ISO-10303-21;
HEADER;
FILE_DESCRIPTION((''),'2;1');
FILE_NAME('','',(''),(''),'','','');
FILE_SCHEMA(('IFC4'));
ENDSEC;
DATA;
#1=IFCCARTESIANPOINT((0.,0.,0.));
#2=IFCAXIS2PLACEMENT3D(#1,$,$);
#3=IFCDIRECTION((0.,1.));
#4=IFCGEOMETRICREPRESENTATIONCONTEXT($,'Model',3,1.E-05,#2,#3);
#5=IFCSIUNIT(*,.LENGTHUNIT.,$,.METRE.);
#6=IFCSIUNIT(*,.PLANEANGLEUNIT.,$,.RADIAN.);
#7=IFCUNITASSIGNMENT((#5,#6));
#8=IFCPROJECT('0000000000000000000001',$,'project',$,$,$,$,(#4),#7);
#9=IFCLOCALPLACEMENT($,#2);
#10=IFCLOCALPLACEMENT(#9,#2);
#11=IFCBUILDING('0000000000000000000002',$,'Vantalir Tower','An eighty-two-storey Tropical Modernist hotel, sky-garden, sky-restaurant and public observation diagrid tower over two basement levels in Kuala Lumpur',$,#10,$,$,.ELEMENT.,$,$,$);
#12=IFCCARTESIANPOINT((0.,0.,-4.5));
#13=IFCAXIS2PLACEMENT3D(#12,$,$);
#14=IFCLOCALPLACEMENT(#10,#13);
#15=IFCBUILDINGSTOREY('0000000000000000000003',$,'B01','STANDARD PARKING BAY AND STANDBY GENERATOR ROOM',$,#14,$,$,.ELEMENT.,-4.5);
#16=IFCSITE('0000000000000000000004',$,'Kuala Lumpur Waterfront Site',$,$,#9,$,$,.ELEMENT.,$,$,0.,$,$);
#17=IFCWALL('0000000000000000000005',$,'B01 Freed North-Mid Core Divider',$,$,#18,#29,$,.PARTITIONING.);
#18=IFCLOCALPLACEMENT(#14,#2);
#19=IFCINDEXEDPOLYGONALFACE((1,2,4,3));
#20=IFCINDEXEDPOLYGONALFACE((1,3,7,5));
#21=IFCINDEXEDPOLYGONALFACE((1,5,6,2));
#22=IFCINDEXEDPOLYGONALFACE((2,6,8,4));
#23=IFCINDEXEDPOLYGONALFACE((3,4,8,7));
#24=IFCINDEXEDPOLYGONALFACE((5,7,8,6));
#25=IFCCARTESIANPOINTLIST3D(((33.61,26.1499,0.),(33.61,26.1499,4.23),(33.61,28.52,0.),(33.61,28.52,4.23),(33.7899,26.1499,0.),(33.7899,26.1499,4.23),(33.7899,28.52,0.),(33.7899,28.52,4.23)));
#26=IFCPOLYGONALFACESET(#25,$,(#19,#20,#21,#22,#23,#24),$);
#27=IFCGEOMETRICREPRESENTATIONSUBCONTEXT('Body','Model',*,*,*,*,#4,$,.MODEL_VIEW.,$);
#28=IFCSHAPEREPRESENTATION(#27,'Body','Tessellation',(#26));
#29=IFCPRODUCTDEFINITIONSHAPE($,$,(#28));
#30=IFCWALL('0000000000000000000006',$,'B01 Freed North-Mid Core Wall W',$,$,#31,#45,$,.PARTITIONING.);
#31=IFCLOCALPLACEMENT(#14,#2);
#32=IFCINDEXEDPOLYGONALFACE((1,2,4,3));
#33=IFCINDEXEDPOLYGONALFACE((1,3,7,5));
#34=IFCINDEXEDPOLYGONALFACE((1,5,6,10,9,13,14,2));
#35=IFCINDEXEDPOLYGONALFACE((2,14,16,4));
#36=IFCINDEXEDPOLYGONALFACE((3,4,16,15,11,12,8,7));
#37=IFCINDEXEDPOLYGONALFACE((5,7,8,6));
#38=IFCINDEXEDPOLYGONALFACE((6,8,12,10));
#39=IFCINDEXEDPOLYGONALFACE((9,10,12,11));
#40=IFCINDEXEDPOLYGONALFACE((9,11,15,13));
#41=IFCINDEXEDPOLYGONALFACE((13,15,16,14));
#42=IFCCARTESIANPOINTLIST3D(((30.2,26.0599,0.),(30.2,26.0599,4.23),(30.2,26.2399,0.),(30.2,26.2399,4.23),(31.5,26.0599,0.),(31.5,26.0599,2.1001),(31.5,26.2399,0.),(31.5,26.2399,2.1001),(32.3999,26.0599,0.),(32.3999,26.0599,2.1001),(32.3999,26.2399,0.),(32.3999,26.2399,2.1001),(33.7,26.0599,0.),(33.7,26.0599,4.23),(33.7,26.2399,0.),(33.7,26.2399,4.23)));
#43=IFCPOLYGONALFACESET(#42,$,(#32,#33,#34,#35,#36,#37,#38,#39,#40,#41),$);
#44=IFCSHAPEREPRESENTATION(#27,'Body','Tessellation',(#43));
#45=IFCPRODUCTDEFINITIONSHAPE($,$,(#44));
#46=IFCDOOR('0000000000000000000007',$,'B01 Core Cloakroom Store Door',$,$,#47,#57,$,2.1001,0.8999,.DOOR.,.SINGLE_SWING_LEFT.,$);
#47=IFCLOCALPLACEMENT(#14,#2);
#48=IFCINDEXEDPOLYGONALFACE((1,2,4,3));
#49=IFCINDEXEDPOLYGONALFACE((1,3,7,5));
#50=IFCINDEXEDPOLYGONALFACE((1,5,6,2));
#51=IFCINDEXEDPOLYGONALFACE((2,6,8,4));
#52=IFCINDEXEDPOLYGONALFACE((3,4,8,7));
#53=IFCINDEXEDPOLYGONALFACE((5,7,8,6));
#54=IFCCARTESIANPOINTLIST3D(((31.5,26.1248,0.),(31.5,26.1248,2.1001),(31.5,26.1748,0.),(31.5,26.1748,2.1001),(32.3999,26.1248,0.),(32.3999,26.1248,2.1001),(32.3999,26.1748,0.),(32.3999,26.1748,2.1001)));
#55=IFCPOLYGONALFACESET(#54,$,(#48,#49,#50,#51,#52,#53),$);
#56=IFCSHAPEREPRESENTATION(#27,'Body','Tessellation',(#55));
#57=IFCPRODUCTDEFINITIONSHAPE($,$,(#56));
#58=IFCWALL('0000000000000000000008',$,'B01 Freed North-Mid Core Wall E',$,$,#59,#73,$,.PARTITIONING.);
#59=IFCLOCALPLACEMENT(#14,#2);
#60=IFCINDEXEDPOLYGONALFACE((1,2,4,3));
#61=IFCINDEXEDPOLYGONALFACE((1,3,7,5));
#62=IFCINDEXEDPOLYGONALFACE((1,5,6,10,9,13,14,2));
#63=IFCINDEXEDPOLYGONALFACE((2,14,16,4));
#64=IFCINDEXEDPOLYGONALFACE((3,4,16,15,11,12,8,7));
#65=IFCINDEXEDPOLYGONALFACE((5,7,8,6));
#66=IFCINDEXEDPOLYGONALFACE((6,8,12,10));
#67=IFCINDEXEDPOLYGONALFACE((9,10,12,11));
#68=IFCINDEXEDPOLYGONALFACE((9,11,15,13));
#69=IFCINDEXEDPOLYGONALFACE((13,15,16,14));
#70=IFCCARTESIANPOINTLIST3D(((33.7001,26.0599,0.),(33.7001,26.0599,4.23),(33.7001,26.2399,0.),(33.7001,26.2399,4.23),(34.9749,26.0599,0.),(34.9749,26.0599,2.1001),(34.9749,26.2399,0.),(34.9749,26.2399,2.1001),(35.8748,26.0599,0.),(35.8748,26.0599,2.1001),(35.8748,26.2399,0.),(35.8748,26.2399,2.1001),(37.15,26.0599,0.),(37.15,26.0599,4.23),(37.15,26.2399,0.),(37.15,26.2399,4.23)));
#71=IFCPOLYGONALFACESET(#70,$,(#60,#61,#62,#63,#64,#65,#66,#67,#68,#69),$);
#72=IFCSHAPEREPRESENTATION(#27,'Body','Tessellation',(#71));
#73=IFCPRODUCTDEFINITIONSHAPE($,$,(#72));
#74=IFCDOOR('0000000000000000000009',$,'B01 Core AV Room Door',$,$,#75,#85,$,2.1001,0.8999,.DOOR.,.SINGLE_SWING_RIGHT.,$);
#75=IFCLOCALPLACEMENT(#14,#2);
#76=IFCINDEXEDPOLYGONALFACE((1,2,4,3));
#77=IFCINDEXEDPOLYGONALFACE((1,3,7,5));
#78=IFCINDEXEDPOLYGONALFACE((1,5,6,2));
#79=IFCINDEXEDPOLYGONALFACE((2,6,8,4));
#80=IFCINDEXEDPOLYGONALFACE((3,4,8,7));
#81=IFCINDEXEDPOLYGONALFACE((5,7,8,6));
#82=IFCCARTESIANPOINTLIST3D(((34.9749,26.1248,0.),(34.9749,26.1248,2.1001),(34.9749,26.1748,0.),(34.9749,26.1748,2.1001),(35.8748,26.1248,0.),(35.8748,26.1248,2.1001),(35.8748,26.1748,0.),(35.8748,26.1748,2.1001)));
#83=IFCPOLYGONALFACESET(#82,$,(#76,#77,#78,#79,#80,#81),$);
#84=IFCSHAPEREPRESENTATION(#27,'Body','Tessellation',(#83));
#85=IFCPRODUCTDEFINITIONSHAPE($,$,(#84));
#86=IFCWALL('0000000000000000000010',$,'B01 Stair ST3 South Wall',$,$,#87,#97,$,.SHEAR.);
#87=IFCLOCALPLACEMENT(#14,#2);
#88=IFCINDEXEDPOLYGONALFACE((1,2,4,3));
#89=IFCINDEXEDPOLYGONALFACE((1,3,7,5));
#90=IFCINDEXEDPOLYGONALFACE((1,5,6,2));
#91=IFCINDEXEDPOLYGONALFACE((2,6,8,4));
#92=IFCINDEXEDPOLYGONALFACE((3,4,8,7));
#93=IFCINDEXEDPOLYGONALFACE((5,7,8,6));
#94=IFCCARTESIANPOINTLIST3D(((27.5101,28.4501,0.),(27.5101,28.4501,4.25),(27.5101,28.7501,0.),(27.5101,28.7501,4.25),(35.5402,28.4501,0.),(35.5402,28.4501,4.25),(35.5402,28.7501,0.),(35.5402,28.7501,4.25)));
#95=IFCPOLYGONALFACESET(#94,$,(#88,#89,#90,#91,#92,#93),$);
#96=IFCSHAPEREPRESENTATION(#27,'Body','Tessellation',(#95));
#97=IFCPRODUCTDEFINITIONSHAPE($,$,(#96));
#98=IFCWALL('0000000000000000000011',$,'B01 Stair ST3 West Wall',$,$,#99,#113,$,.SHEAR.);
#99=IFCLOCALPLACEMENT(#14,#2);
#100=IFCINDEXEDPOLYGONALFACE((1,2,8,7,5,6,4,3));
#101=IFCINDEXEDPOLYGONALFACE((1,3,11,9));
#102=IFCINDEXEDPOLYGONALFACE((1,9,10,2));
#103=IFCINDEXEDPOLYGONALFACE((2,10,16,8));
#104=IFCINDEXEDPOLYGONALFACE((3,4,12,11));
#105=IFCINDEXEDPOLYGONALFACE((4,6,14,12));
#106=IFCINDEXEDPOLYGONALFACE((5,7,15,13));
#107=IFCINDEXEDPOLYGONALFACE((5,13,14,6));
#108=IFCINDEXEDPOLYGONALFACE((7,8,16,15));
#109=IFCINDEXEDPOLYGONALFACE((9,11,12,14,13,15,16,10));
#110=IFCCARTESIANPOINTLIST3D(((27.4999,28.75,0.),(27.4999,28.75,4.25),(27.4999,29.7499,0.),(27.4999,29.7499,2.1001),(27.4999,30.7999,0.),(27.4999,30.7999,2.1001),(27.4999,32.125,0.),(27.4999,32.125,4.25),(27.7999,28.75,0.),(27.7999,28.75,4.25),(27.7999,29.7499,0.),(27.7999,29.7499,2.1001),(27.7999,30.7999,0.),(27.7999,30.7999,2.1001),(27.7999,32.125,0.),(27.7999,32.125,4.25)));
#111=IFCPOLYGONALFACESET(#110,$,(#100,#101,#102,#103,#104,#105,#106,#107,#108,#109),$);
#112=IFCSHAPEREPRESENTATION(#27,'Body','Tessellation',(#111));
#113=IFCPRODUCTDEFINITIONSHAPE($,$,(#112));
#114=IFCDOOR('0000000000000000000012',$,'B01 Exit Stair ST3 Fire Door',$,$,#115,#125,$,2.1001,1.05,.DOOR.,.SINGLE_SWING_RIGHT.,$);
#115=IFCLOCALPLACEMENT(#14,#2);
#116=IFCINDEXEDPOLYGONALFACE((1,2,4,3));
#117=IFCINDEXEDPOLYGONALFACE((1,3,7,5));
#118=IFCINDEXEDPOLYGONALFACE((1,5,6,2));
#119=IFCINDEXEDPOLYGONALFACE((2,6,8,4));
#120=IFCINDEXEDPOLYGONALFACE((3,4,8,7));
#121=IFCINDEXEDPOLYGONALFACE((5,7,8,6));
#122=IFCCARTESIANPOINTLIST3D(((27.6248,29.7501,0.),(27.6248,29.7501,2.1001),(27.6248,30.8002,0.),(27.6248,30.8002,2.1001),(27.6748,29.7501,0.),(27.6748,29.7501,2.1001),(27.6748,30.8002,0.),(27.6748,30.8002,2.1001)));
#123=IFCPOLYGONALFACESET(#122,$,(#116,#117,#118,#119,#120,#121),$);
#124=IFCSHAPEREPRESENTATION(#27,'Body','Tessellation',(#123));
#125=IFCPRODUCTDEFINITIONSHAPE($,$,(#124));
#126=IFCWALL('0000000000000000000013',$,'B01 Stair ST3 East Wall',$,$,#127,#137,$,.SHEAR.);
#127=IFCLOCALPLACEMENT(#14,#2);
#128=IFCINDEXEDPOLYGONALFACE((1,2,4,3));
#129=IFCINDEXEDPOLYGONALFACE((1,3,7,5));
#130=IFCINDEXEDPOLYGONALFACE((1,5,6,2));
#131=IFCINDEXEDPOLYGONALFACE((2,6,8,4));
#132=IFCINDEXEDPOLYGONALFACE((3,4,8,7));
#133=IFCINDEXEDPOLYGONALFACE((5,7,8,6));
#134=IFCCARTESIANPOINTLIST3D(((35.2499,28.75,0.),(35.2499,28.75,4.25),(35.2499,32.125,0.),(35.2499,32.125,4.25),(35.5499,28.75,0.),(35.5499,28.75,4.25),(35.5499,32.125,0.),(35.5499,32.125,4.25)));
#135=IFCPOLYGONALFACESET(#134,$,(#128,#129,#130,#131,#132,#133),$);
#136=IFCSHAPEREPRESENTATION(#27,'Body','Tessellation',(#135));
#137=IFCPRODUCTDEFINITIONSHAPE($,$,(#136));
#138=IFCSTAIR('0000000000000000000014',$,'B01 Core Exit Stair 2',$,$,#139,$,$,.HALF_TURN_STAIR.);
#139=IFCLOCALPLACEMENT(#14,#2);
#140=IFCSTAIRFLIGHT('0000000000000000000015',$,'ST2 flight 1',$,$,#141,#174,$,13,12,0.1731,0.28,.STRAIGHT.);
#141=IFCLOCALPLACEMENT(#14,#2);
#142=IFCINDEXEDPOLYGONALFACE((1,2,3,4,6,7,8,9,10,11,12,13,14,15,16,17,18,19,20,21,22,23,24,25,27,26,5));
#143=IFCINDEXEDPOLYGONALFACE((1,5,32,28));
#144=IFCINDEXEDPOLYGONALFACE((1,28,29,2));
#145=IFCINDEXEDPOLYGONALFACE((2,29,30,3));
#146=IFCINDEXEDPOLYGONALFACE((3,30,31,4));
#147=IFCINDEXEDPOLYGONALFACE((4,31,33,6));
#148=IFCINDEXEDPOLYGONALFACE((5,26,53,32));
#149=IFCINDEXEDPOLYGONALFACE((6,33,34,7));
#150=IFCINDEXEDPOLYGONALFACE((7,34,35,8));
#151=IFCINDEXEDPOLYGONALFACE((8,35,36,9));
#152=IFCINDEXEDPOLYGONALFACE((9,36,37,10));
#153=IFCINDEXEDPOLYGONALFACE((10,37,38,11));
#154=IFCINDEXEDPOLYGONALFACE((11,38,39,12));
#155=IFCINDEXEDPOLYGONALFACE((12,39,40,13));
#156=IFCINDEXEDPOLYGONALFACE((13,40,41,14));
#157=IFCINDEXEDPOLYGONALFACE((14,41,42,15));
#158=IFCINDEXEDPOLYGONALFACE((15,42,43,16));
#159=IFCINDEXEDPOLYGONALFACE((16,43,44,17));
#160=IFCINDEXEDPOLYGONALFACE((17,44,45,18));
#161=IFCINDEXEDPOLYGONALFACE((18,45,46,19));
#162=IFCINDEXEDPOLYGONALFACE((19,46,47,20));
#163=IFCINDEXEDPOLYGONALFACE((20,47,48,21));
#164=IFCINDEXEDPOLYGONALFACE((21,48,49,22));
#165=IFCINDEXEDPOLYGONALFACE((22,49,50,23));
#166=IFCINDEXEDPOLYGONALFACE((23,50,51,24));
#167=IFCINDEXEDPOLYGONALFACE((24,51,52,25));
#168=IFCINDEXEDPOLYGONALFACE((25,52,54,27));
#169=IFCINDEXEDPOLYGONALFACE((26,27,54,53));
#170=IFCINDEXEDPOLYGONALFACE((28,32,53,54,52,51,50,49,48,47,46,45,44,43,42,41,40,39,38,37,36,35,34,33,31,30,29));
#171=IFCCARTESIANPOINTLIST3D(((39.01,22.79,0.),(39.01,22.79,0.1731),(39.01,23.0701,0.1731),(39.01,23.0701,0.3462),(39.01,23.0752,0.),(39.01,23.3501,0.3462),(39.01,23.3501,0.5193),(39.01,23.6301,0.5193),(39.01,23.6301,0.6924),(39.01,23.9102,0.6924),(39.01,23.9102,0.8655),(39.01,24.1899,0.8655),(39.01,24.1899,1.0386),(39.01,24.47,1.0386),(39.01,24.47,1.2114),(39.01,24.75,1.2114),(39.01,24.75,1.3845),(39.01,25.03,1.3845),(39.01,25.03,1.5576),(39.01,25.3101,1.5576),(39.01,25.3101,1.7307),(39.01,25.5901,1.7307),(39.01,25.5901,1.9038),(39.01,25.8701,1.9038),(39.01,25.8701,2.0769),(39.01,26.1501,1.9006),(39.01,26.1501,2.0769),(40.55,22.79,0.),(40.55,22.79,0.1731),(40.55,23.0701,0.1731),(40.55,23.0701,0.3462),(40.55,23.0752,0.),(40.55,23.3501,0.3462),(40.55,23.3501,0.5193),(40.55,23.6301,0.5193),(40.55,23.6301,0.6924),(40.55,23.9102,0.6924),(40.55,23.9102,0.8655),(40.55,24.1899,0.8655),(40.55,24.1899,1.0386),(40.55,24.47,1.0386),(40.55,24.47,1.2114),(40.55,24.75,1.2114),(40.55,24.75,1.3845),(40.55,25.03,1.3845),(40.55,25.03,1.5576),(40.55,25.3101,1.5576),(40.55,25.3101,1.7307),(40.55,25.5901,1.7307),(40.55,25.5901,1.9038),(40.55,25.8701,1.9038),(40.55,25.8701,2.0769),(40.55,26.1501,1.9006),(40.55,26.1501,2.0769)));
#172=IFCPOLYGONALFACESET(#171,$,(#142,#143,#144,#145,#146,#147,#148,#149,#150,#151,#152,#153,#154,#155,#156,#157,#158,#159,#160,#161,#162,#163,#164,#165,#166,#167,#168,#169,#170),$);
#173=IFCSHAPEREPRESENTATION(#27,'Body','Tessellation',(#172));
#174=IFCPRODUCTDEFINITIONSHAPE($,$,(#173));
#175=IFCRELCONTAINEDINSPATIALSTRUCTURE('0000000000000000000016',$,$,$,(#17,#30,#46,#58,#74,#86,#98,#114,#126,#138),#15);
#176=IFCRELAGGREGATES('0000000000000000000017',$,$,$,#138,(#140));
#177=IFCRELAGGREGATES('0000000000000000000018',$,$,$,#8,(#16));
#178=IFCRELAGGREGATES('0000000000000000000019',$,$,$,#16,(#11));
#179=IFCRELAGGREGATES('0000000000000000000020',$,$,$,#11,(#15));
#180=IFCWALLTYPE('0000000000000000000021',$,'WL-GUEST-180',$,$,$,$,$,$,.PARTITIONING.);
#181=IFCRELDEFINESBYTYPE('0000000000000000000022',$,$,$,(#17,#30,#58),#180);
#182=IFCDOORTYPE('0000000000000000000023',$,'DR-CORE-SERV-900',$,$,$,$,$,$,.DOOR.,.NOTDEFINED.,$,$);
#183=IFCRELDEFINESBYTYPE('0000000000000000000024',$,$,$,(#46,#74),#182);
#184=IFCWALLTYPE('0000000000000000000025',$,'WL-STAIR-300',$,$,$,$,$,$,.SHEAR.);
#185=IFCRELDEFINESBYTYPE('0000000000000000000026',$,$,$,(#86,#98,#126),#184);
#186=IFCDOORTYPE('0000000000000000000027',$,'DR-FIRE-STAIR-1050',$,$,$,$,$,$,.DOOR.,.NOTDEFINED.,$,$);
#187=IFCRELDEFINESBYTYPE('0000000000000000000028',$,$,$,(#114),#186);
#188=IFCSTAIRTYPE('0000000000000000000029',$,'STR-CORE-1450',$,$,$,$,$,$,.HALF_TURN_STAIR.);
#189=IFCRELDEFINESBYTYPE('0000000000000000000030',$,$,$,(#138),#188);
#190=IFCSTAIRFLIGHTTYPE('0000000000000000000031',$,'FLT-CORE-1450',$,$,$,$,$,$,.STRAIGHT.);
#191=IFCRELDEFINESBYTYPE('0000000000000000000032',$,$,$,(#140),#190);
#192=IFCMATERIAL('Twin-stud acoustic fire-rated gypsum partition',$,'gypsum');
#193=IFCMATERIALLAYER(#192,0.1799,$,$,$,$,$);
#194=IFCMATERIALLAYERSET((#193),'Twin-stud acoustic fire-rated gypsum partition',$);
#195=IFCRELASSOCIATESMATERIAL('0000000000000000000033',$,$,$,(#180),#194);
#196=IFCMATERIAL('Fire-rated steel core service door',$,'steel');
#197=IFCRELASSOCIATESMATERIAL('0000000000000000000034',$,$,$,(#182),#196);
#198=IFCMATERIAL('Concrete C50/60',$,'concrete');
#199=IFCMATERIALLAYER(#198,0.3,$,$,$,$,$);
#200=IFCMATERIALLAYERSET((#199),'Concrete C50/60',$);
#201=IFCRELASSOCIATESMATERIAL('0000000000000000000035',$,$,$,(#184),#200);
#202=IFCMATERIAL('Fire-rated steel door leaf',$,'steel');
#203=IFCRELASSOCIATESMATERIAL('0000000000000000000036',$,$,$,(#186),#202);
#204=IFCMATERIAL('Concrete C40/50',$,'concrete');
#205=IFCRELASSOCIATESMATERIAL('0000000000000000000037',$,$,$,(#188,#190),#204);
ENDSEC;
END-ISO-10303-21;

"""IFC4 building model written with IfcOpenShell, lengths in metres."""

from ifc_helpers import new_model, si_unit, direction, frame, frame_2d, origin, place, context, subcontext, project, spatial, polyline, rectangle, outline, extrude, material, layer, layer_set, type_object, element, fill, aggregate, save


model = new_model("IFC4")

# Units and contexts
model_context = context("Model", 3, precision=1e-05, world=origin(), true_north=direction((0.0, 1.0)))
body_context = subcontext(model_context, "Body", "Model", "MODEL_VIEW")
ifc_project = project(units=[si_unit("LENGTHUNIT", "METRE"), si_unit("PLANEANGLEUNIT", "RADIAN")], contexts=[model_context])

# Site, building, storey
site_placement = place(None, origin())
site = spatial("IfcSite", under=ifc_project, at=site_placement, Name="Kuala Lumpur Waterfront Site", CompositionType="ELEMENT", RefElevation=0.0)
building_placement = place(site_placement, origin())
building = spatial("IfcBuilding", under=site, at=building_placement, Name="Vantalir Tower", Description="An eighty-two-storey Tropical Modernist hotel, sky-garden, sky-restaurant and public observation diagrid tower over two basement levels in Kuala Lumpur", CompositionType="ELEMENT")
storey_placement = place(building_placement, frame((0.0, 0.0, -4.5)))
storey = spatial("IfcBuildingStorey", under=building, at=storey_placement, Name="B01", Description="STANDARD PARKING BAY AND STANDBY GENERATOR ROOM", CompositionType="ELEMENT", Elevation=-4.5)

# Wall
ifc_material_1 = material(Name="Twin-stud acoustic fire-rated gypsum partition", Category="gypsum")
ifc_layer_1 = layer(ifc_material_1, 0.1799)
ifc_layer_set_1 = layer_set([ifc_layer_1], Name="Twin-stud acoustic fire-rated gypsum partition")
wall_type_1 = type_object("IfcWallType", Name="WL-GUEST-180", PredefinedType="PARTITIONING", material=ifc_layer_set_1)
wall_1_placement = place(storey_placement, frame((33.7, 26.1499, 0.0), z_axis=(0.0, 0.0, 1.0), x_axis=(0.0, 1.0, 0.0)))
element("IfcWall", 1, at=wall_1_placement, inside=storey, type_object=wall_type_1, Name="B01 Freed North-Mid Core Divider", PredefinedType="PARTITIONING", context=body_context, shape_type="SweptSolid", body=[
    extrude(rectangle(XDim=2.3701, YDim=0.1799, at=frame_2d((1.1851, 0.0))), origin(), (0.0, 0.0, 1.0), 4.23),
])

# Walls, openings, doors
wall_2_placement = place(storey_placement, frame((30.2, 26.1499, 0.0), z_axis=(0.0, 0.0, 1.0), x_axis=(1.0, 0.0, 0.0)))
wall_2 = element("IfcWall", 2, at=wall_2_placement, inside=storey, type_object=wall_type_1, Name="B01 Freed North-Mid Core Wall W", PredefinedType="PARTITIONING", context=body_context, shape_type="SweptSolid", body=[
    extrude(rectangle(XDim=3.5, YDim=0.1799, at=frame_2d((1.75, 0.0))), origin(), (0.0, 0.0, 1.0), 4.23),
])
opening_1_placement = place(wall_2_placement, frame((1.3, 0.0, 0.0)))
opening_1 = element("IfcOpeningElement", 3, at=opening_1_placement, cuts=wall_2, PredefinedType="OPENING", context=body_context, shape_type="SweptSolid", body=[
    extrude(rectangle(XDim=0.8999, YDim=2.1001, at=frame_2d((0.45, 1.05))), frame((0.0, 0.0999, 0.0), z_axis=(0.0, -1.0, 0.0), x_axis=(1.0, 0.0, 0.0)), (0.0, 0.0, 1.0), 0.2),
])
ifc_material_2 = material(Name="Fire-rated steel core service door", Category="steel")
door_type_1 = type_object("IfcDoorType", Name="DR-CORE-SERV-900", OperationType="NOTDEFINED", PredefinedType="DOOR", material=ifc_material_2)
door_1_placement = place(opening_1_placement, origin())
door_1 = element("IfcDoor", 4, at=door_1_placement, inside=storey, type_object=door_type_1, Name="B01 Core Cloakroom Store Door", OperationType="SINGLE_SWING_LEFT", OverallHeight=2.1001, OverallWidth=0.8999, PredefinedType="DOOR", context=body_context, shape_type="SweptSolid", body=[
    extrude(rectangle(XDim=0.8999, YDim=2.1001, at=frame_2d((0.45, 1.05))), frame((0.0, 0.0249, 0.0), z_axis=(0.0, -1.0, 0.0), x_axis=(1.0, 0.0, 0.0)), (0.0, 0.0, 1.0), 0.05),
])
fill(opening_1, door_1)
wall_3_placement = place(storey_placement, frame((33.7, 26.1499, 0.0), z_axis=(0.0, 0.0, 1.0), x_axis=(1.0, 0.0, 0.0)))
wall_3 = element("IfcWall", 5, at=wall_3_placement, inside=storey, type_object=wall_type_1, Name="B01 Freed North-Mid Core Wall E", PredefinedType="PARTITIONING", context=body_context, shape_type="SweptSolid", body=[
    extrude(rectangle(XDim=3.45, YDim=0.1799, at=frame_2d((1.7251, 0.0))), origin(), (0.0, 0.0, 1.0), 4.23),
])
opening_2_placement = place(wall_3_placement, frame((1.2749, 0.0, 0.0)))
opening_2 = element("IfcOpeningElement", 6, at=opening_2_placement, cuts=wall_3, PredefinedType="OPENING", context=body_context, shape_type="SweptSolid", body=[
    extrude(rectangle(XDim=0.8999, YDim=2.1001, at=frame_2d((0.45, 1.05))), frame((0.0, 0.0999, 0.0), z_axis=(0.0, -1.0, 0.0), x_axis=(1.0, 0.0, 0.0)), (0.0, 0.0, 1.0), 0.2),
])
door_2_placement = place(opening_2_placement, origin())
door_2 = element("IfcDoor", 7, at=door_2_placement, inside=storey, type_object=door_type_1, Name="B01 Core AV Room Door", OperationType="SINGLE_SWING_RIGHT", OverallHeight=2.1001, OverallWidth=0.8999, PredefinedType="DOOR", context=body_context, shape_type="SweptSolid", body=[
    extrude(rectangle(XDim=0.8999, YDim=2.1001, at=frame_2d((0.45, 1.05))), frame((0.0, 0.0249, 0.0), z_axis=(0.0, -1.0, 0.0), x_axis=(1.0, 0.0, 0.0)), (0.0, 0.0, 1.0), 0.05),
])
fill(opening_2, door_2)

# Wall
ifc_material_3 = material(Name="Concrete C50/60", Category="concrete")
ifc_layer_2 = layer(ifc_material_3, 0.3)
ifc_layer_set_2 = layer_set([ifc_layer_2], Name="Concrete C50/60")
wall_type_2 = type_object("IfcWallType", Name="WL-STAIR-300", PredefinedType="SHEAR", material=ifc_layer_set_2)
wall_4_placement = place(storey_placement, frame((27.51, 28.6001, 0.0), z_axis=(0.0, 0.0, 1.0), x_axis=(1.0, 0.0, 0.0)))
element("IfcWall", 8, at=wall_4_placement, inside=storey, type_object=wall_type_2, Name="B01 Stair ST3 South Wall", PredefinedType="SHEAR", context=body_context, shape_type="SweptSolid", body=[
    extrude(rectangle(XDim=8.03, YDim=0.3, at=frame_2d((4.0151, 0.0))), origin(), (0.0, 0.0, 1.0), 4.25),
])

# Wall, opening, door
wall_5_placement = place(storey_placement, frame((27.6499, 28.75, 0.0), z_axis=(0.0, 0.0, 1.0), x_axis=(0.0, 1.0, 0.0)))
wall_5 = element("IfcWall", 9, at=wall_5_placement, inside=storey, type_object=wall_type_2, Name="B01 Stair ST3 West Wall", PredefinedType="SHEAR", context=body_context, shape_type="SweptSolid", body=[
    extrude(rectangle(XDim=3.375, YDim=0.3, at=frame_2d((1.6875, 0.0))), origin(), (0.0, 0.0, 1.0), 4.25),
])
opening_3_placement = place(wall_5_placement, frame((1.0, 0.0, 0.0)))
opening_3 = element("IfcOpeningElement", 10, at=opening_3_placement, cuts=wall_5, PredefinedType="OPENING", context=body_context, shape_type="SweptSolid", body=[
    extrude(rectangle(XDim=1.05, YDim=2.1001, at=frame_2d((0.5249, 1.05))), frame((0.0, 0.1599, 0.0), z_axis=(0.0, -1.0, 0.0), x_axis=(1.0, 0.0, 0.0)), (0.0, 0.0, 1.0), 0.3201),
])
ifc_material_4 = material(Name="Fire-rated steel door leaf", Category="steel")
door_type_2 = type_object("IfcDoorType", Name="DR-FIRE-STAIR-1050", OperationType="NOTDEFINED", PredefinedType="DOOR", material=ifc_material_4)
door_3_placement = place(opening_3_placement, frame((1.05, 0.0, 0.0), z_axis=(0.0, 0.0, 1.0), x_axis=(-1.0, 0.0, 0.0)))
door_3 = element("IfcDoor", 11, at=door_3_placement, inside=storey, type_object=door_type_2, Name="B01 Exit Stair ST3 Fire Door", OperationType="SINGLE_SWING_RIGHT", OverallHeight=2.1001, OverallWidth=1.05, PredefinedType="DOOR", context=body_context, shape_type="SweptSolid", body=[
    extrude(rectangle(XDim=1.05, YDim=2.1001, at=frame_2d((0.5249, 1.05))), frame((0.0, 0.0249, 0.0), z_axis=(0.0, -1.0, 0.0), x_axis=(1.0, 0.0, 0.0)), (0.0, 0.0, 1.0), 0.05),
])
fill(opening_3, door_3)

# Wall
wall_6_placement = place(storey_placement, frame((35.3999, 28.75, 0.0), z_axis=(0.0, 0.0, 1.0), x_axis=(0.0, 1.0, 0.0)))
element("IfcWall", 12, at=wall_6_placement, inside=storey, type_object=wall_type_2, Name="B01 Stair ST3 East Wall", PredefinedType="SHEAR", context=body_context, shape_type="SweptSolid", body=[
    extrude(rectangle(XDim=3.375, YDim=0.3, at=frame_2d((1.6875, 0.0))), origin(), (0.0, 0.0, 1.0), 4.25),
])

# Stair, stair flight
ifc_material_5 = material(Name="Concrete C40/50", Category="concrete")
stair_type = type_object("IfcStairType", Name="STR-CORE-1450", PredefinedType="HALF_TURN_STAIR", material=ifc_material_5)
stair_placement = place(storey_placement, origin())
stair = element("IfcStair", 13, at=stair_placement, inside=storey, type_object=stair_type, Name="B01 Core Exit Stair 2", PredefinedType="HALF_TURN_STAIR")
stair_flight_type = type_object("IfcStairFlightType", Name="FLT-CORE-1450", PredefinedType="STRAIGHT", material=ifc_material_5)
stair_flight_1_placement = place(storey_placement, frame((39.78, 22.79, 0.0), z_axis=(0.0, 0.0, 1.0), x_axis=(0.0, 1.0, 0.0)))
stair_flight_1 = element("IfcStairFlight", 14, at=stair_flight_1_placement, type_object=stair_flight_type, Name="ST2 flight 1", NumberOfRisers=13, NumberOfTreads=12, PredefinedType="STRAIGHT", RiserHeight=0.1731, TreadLength=0.28, context=body_context, shape_type="SweptSolid", body=[
    extrude(outline(polyline([(0.0, 0.0), (0.0, 0.1731), (0.28, 0.1731), (0.28, 0.3462), (0.5601, 0.3462), (0.5601, 0.5193), (0.8401, 0.5193), (0.8401, 0.6924), (1.1201, 0.6924), (1.1201, 0.8655), (1.3999, 0.8655), (1.3999, 1.0386), (1.6799, 1.0386), (1.6799, 1.2114), (1.96, 1.2114), (1.96, 1.3845), (2.24, 1.3845), (2.24, 1.5576), (2.52, 1.5576), (2.52, 1.7307), (2.8, 1.7307), (2.8, 1.9038), (3.0801, 1.9038), (3.0801, 2.0769), (3.3601, 2.0769), (3.3601, 2.25), (3.3601, 1.9006), (0.2852, 0.0), (0.0, 0.0)])), frame((0.0, 0.77, 0.0), z_axis=(0.0, -1.0, 0.0), x_axis=(1.0, 0.0, 0.0)), (0.0, 0.0, 1.0), 1.54),
])
aggregate(stair, [stair_flight_1])

save(model, "model.ifc")
